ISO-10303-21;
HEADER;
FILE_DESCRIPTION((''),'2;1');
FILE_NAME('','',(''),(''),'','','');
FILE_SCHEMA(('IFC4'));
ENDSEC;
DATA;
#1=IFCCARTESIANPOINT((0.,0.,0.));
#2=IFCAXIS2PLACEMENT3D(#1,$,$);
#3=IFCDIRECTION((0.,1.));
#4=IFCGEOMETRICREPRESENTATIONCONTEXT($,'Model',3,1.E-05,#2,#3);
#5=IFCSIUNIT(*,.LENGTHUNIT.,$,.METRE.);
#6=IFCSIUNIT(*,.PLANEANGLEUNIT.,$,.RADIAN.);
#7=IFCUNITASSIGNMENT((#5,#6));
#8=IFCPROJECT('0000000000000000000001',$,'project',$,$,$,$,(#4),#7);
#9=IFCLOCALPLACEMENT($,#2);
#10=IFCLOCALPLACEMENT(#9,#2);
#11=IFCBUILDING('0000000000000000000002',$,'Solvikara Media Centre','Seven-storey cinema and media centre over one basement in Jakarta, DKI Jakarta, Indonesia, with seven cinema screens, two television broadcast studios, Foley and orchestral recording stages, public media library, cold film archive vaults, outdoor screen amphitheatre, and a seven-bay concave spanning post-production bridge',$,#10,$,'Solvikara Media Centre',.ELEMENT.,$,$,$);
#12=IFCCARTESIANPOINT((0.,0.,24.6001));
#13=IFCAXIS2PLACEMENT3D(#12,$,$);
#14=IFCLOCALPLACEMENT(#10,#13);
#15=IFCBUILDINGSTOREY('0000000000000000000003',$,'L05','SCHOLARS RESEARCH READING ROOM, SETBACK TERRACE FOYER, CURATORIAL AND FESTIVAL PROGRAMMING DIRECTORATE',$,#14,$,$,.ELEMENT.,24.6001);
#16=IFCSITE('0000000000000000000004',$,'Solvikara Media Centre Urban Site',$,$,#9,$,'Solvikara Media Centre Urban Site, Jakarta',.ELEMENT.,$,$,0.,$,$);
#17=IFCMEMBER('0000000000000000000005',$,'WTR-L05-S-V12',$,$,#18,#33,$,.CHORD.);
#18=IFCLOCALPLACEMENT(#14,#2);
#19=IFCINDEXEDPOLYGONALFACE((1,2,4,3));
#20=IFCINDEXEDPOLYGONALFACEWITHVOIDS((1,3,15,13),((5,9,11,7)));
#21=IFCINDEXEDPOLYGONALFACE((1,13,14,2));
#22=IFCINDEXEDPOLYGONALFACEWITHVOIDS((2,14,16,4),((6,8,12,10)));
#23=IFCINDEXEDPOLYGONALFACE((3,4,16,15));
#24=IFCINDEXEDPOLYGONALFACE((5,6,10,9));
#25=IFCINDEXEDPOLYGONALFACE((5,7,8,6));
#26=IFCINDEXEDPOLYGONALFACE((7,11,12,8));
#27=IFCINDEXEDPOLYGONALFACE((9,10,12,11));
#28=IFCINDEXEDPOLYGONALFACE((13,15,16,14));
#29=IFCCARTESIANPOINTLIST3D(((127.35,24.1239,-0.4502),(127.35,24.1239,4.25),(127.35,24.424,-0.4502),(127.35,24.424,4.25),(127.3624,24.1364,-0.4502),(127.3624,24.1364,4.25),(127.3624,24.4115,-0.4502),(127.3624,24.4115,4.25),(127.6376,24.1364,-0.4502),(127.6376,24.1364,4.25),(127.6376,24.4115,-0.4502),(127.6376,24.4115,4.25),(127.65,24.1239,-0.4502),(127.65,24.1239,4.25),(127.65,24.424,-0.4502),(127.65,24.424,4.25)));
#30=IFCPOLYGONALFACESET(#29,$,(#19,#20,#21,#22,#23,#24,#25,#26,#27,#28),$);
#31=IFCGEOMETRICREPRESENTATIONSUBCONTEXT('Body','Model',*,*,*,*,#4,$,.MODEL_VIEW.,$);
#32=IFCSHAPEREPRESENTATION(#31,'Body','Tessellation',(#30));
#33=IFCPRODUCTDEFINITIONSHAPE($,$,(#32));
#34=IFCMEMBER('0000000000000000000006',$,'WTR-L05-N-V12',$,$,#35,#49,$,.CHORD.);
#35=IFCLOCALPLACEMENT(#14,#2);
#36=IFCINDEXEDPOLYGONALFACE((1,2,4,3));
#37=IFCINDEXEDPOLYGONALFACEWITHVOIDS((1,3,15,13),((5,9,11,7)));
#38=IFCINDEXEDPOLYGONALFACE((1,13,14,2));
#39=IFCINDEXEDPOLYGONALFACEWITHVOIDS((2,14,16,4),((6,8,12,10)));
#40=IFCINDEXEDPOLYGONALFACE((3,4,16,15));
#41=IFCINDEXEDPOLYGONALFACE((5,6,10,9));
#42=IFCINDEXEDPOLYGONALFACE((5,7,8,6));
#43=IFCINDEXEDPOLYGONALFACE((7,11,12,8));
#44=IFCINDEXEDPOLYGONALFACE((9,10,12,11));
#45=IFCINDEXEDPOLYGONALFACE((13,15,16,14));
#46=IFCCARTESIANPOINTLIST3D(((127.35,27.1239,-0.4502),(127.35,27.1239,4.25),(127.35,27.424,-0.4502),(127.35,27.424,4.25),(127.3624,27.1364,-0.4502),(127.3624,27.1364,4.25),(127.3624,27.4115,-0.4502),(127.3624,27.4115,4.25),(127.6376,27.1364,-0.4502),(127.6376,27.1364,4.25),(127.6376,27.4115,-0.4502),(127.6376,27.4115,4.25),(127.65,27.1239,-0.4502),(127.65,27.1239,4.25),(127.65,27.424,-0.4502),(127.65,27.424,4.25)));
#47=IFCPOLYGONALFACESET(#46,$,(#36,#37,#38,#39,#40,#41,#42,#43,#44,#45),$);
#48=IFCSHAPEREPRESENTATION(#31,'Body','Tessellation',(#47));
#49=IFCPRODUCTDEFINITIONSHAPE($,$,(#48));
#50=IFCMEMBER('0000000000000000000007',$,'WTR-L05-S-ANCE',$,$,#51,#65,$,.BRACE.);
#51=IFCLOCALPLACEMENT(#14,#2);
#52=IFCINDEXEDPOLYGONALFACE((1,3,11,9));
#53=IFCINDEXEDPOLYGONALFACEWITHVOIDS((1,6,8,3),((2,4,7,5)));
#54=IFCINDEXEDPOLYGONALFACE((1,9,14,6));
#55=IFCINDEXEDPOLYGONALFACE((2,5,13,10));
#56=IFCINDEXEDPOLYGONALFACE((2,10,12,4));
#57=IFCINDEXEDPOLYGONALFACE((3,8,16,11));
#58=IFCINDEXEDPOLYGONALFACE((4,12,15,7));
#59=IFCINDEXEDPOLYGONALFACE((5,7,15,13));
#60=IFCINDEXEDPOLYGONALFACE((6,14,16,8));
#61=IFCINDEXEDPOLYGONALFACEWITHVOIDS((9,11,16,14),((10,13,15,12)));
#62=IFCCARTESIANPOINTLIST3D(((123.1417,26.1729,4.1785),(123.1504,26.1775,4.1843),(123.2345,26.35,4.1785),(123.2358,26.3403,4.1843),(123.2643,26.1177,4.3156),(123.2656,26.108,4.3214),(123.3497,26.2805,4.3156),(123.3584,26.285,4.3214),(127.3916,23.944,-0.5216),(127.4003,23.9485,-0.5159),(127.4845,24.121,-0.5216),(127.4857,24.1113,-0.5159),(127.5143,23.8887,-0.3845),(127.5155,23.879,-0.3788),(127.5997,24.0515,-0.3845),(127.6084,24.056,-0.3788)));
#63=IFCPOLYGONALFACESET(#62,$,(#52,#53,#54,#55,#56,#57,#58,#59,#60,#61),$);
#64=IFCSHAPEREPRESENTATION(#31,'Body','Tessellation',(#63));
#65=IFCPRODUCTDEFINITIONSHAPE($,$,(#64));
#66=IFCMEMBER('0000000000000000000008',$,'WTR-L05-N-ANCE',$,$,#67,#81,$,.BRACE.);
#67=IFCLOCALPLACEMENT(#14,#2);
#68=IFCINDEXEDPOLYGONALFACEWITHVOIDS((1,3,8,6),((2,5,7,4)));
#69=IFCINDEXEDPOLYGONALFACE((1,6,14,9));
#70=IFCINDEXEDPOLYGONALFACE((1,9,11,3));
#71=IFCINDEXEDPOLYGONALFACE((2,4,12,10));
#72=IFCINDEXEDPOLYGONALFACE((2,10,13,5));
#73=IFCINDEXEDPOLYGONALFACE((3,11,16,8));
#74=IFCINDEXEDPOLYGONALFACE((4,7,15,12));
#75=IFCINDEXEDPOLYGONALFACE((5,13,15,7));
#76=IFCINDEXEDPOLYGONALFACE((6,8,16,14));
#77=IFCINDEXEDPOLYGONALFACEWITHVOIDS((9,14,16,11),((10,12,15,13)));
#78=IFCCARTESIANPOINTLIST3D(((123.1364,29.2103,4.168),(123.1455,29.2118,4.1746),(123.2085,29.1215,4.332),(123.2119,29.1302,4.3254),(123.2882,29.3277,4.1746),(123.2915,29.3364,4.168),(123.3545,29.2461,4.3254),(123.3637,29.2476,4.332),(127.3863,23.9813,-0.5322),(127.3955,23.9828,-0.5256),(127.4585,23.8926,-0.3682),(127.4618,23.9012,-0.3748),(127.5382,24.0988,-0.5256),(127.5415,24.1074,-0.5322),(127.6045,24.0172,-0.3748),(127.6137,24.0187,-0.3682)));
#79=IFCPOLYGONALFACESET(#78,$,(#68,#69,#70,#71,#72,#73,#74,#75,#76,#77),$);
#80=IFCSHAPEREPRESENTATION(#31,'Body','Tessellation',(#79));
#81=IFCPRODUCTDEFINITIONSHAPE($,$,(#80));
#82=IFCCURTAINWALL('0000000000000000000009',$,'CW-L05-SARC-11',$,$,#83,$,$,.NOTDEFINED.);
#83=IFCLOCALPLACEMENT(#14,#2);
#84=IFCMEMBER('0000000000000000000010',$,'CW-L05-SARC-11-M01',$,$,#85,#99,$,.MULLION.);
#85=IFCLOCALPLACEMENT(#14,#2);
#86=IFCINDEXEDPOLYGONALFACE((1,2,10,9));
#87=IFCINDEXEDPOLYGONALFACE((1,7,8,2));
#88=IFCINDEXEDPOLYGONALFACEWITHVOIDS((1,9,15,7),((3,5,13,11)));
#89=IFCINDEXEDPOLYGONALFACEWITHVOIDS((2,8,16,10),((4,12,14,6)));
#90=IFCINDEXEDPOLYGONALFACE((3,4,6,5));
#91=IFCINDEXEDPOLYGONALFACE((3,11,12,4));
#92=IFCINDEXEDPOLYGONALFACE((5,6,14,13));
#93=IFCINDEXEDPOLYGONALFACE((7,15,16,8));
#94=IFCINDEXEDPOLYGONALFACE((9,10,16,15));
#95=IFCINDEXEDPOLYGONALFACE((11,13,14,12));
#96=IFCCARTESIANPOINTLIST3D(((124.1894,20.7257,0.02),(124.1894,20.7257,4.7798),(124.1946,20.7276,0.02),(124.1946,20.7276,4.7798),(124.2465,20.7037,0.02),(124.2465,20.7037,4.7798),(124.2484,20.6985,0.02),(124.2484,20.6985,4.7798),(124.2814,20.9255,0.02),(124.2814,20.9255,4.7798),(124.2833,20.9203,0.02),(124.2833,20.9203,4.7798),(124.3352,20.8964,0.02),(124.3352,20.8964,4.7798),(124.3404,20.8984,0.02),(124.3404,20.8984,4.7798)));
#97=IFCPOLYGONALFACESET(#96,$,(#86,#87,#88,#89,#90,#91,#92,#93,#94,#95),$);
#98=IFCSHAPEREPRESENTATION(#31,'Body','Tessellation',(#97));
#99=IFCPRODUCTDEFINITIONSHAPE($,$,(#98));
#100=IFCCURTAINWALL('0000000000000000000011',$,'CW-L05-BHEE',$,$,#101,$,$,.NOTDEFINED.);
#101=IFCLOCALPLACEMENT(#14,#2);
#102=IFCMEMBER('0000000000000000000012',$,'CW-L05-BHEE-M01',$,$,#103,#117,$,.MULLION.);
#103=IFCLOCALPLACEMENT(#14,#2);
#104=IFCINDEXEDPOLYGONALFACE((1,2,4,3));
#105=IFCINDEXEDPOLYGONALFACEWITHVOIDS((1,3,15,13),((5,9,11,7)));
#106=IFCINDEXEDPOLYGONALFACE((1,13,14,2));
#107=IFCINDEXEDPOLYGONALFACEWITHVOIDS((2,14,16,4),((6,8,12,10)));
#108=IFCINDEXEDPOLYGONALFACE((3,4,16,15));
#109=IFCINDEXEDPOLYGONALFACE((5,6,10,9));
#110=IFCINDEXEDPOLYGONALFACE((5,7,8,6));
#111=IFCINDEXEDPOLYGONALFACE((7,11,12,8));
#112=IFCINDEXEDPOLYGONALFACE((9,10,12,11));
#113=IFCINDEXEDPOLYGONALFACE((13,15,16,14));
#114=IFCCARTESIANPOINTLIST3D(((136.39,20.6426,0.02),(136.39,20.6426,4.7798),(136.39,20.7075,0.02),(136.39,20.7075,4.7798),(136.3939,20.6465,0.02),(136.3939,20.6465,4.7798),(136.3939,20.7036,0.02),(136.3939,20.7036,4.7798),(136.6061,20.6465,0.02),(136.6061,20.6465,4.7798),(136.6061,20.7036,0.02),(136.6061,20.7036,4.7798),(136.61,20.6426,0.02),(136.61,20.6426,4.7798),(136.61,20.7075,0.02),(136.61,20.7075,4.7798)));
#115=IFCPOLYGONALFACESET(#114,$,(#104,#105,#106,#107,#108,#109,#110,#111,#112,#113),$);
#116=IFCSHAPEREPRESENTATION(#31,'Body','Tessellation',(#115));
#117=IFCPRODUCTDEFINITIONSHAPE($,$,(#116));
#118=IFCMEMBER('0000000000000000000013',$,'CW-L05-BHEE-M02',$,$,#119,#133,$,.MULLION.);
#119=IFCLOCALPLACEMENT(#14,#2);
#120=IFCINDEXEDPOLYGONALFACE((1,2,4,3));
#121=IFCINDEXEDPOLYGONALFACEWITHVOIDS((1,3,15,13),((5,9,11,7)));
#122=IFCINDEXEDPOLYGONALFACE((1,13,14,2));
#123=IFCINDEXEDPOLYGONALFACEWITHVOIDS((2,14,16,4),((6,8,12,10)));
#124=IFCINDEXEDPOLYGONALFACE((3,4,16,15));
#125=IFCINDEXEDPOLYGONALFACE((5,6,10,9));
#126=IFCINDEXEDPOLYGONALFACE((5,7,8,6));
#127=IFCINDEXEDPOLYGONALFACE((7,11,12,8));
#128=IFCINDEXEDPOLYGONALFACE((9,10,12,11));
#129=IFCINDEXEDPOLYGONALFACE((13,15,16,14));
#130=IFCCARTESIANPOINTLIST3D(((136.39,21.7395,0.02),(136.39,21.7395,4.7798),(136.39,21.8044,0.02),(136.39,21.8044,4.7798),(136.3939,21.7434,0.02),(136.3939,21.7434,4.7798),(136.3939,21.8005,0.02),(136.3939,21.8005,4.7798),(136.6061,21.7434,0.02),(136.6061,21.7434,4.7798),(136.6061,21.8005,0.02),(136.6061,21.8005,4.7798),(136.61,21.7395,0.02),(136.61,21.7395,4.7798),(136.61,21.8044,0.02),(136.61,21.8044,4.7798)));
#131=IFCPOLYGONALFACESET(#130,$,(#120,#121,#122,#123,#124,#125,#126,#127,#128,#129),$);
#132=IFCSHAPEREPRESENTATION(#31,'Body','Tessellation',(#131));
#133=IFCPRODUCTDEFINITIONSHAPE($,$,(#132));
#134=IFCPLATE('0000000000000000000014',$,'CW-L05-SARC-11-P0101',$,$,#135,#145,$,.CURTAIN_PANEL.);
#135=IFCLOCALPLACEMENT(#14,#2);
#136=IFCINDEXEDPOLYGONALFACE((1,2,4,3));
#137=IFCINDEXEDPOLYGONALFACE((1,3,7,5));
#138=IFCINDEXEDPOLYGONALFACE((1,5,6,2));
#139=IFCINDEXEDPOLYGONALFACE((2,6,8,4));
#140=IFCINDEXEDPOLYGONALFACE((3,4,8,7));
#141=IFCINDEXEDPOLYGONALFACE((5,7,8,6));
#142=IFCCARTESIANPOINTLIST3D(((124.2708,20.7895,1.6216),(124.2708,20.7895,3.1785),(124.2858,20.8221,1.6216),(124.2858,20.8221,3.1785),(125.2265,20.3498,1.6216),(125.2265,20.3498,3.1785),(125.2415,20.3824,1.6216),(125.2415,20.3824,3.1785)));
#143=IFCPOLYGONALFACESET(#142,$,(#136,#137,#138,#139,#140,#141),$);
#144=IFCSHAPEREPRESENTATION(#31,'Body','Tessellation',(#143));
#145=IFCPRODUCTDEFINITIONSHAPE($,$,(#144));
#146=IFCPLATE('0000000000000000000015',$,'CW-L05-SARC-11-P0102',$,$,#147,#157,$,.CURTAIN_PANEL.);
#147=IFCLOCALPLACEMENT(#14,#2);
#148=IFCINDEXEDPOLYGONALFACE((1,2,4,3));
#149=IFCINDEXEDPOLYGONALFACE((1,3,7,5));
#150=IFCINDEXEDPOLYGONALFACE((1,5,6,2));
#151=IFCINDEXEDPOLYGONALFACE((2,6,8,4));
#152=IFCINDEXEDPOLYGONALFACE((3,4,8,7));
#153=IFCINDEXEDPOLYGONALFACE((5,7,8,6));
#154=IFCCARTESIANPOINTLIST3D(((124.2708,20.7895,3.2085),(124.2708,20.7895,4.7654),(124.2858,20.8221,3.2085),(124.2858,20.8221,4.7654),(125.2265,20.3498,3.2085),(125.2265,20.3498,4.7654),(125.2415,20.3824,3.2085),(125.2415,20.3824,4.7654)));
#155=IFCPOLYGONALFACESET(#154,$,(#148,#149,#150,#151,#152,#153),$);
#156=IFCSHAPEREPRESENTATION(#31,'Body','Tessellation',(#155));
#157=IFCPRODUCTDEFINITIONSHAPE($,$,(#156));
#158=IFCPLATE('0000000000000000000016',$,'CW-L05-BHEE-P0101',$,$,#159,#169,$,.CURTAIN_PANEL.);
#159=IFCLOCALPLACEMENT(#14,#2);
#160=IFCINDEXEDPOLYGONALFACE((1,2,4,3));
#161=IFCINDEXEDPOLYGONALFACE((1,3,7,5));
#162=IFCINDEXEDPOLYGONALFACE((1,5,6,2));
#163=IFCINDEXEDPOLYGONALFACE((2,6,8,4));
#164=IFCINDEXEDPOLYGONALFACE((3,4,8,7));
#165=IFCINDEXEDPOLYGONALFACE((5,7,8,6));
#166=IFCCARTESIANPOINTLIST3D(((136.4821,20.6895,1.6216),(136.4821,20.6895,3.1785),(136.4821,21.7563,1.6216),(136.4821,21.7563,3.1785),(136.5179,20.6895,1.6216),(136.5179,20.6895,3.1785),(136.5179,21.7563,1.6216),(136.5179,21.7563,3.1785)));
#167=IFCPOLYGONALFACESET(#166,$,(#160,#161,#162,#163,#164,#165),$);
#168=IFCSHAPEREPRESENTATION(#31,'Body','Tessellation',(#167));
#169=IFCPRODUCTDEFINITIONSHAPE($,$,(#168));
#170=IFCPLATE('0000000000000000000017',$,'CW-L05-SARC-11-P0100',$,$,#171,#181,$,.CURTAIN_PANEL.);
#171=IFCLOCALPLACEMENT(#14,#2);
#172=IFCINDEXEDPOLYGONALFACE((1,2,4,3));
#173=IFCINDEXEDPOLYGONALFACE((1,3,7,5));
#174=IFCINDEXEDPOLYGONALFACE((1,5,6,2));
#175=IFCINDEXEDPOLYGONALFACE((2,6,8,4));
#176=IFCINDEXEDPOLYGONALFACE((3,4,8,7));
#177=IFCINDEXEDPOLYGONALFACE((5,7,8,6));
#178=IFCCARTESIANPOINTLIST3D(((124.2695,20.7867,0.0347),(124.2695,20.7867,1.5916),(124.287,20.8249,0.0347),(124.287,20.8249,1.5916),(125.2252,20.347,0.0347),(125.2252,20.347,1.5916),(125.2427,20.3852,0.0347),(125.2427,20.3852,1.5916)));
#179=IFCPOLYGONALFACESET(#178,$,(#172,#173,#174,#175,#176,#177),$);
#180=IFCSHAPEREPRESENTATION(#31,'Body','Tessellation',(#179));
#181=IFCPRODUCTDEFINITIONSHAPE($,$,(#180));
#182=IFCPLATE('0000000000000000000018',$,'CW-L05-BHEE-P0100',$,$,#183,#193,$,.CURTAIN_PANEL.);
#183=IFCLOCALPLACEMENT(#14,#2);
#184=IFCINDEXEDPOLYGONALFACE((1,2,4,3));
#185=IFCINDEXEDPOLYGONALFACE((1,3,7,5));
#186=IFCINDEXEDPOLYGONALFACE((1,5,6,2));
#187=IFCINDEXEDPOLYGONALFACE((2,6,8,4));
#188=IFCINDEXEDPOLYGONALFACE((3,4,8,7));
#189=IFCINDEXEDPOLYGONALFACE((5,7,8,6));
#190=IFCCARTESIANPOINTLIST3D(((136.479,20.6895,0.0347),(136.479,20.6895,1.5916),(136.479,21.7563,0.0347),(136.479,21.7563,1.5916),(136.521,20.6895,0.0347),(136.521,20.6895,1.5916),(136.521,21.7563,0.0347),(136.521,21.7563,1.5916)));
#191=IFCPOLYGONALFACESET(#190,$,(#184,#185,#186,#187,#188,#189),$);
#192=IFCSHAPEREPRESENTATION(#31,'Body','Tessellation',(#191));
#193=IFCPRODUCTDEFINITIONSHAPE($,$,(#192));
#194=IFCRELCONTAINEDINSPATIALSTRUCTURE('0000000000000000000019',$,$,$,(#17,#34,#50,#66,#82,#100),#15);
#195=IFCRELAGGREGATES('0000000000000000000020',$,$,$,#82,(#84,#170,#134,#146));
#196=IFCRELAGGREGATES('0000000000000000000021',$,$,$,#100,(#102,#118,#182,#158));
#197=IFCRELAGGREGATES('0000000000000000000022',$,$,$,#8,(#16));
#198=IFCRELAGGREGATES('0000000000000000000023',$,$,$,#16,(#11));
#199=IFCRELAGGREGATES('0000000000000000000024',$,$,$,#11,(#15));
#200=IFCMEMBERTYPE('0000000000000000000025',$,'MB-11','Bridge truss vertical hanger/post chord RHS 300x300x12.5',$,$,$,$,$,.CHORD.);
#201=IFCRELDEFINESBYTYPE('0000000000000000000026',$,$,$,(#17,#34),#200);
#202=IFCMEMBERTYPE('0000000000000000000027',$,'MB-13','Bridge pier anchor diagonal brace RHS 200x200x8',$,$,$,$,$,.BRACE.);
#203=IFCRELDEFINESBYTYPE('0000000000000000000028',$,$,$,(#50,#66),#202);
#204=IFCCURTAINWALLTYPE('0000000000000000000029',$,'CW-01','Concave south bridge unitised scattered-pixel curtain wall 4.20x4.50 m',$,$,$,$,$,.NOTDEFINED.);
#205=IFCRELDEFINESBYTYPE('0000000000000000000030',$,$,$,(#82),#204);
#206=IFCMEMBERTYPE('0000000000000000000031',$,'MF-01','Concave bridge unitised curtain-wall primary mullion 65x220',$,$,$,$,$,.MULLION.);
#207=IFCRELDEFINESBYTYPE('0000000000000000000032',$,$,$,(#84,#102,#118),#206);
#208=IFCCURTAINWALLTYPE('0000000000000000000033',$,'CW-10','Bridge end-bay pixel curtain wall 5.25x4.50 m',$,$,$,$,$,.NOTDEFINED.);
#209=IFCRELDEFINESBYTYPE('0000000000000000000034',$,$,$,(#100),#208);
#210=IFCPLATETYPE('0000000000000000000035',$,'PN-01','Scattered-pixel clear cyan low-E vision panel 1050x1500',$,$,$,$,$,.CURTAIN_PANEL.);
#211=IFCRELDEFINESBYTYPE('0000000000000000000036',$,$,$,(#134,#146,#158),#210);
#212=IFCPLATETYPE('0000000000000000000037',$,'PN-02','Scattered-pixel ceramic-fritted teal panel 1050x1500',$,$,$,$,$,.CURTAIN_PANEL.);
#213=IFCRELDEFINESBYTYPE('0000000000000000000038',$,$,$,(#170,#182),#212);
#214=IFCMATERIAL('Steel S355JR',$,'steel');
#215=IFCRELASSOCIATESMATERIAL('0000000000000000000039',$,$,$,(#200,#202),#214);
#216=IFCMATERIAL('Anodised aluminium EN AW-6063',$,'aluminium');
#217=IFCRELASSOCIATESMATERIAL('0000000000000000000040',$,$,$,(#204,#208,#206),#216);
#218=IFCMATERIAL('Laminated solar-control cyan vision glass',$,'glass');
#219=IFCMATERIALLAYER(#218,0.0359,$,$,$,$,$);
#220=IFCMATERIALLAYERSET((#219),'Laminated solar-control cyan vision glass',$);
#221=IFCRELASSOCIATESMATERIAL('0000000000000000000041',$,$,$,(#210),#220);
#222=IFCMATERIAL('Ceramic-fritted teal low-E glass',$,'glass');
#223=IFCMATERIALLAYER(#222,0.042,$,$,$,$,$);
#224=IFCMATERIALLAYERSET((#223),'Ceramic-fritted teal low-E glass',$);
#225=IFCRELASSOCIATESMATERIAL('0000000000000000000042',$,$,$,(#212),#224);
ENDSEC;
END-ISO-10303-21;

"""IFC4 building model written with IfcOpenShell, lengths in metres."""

from ifc_helpers import new_model, si_unit, direction, frame, origin, origin_2d, place, context, subcontext, project, spatial, rectangle, hollow_rectangle, extrude, material, layer, layer_set, material_profile, profile_set, type_object, element, aggregate, save


model = new_model("IFC4")

# Units and contexts
model_context = context("Model", 3, precision=1e-05, world=origin(), true_north=direction((0.0, 1.0)))
body_context = subcontext(model_context, "Body", "Model", "MODEL_VIEW")
ifc_project = project(units=[si_unit("LENGTHUNIT", "METRE"), si_unit("PLANEANGLEUNIT", "RADIAN")], contexts=[model_context])

# Site, building, storey
site_placement = place(None, origin())
site = spatial("IfcSite", under=ifc_project, at=site_placement, Name="Solvikara Media Centre Urban Site", LongName="Solvikara Media Centre Urban Site, Jakarta", CompositionType="ELEMENT", RefElevation=0.0)
building_placement = place(site_placement, origin())
building = spatial("IfcBuilding", under=site, at=building_placement, Name="Solvikara Media Centre", Description="Seven-storey cinema and media centre over one basement in Jakarta, DKI Jakarta, Indonesia, with seven cinema screens, two television broadcast studios, Foley and orchestral recording stages, public media library, cold film archive vaults, outdoor screen amphitheatre, and a seven-bay concave spanning post-production bridge", LongName="Solvikara Media Centre", CompositionType="ELEMENT")
storey_placement = place(building_placement, frame((0.0, 0.0, 24.6001)))
storey = spatial("IfcBuildingStorey", under=building, at=storey_placement, Name="L05", Description="SCHOLARS RESEARCH READING ROOM, SETBACK TERRACE FOYER, CURATORIAL AND FESTIVAL PROGRAMMING DIRECTORATE", CompositionType="ELEMENT", Elevation=24.6001)

# Members
ifc_material_1 = material(Name="Steel S355JR", Category="steel")
ifc_material_profile_1 = material_profile(ifc_material_1, hollow_rectangle(XDim=0.3, YDim=0.3, WallThickness=0.0125, at=origin_2d()), Name="RHS 300x300x12.5")
ifc_profile_set_1 = profile_set([ifc_material_profile_1], Name="Steel S355JR")
member_type_1 = type_object("IfcMemberType", Name="MB-11", Description="Bridge truss vertical hanger/post chord RHS 300x300x12.5", PredefinedType="CHORD", material=ifc_profile_set_1)
for number, where, z_axis, x_axis, name in (
    (1, (127.5, 24.2739, -0.4502), (0.0, 0.0, 1.0), (1.0, 0.0, 0.0), "WTR-L05-S-V12"),
    (2, (127.5, 27.2739, -0.4502), (0.0, 0.0, 1.0), (1.0, 0.0, 0.0), "WTR-L05-N-V12"),
):
    element("IfcMember", number, at=place(storey_placement, frame(where, z_axis=z_axis, x_axis=x_axis)), inside=storey, type_object=member_type_1, Name=name, PredefinedType="CHORD", context=body_context, shape_type="SweptSolid", body=[
        extrude(hollow_rectangle(XDim=0.3, YDim=0.3, WallThickness=0.0125, at=origin_2d()), origin(), (0.0, 0.0, 1.0), 4.7002),
    ])
ifc_material_profile_2 = material_profile(ifc_material_1, hollow_rectangle(XDim=0.2, YDim=0.2, WallThickness=0.0081, at=origin_2d()), Name="RHS 200x200x8")
ifc_profile_set_2 = profile_set([ifc_material_profile_2], Name="Steel S355JR")
member_type_2 = type_object("IfcMemberType", Name="MB-13", Description="Bridge pier anchor diagonal brace RHS 200x200x8", PredefinedType="BRACE", material=ifc_profile_set_2)
member_1_placement = place(storey_placement, frame((127.5, 24.0, -0.4502), z_axis=(-0.63269, 0.331828, 0.69971), x_axis=(-0.464467, -0.88559, 0.0)))
element("IfcMember", 3, at=member_1_placement, inside=storey, type_object=member_type_2, Name="WTR-L05-S-ANCE", PredefinedType="BRACE", context=body_context, shape_type="SweptSolid", body=[
    extrude(hollow_rectangle(XDim=0.2, YDim=0.2, WallThickness=0.0081, at=origin_2d()), origin(), (0.0, 0.0, 1.0), 6.7173),
])
member_2_placement = place(storey_placement, frame((127.5, 24.0, -0.4502), z_axis=(-0.517306, 0.636469, 0.572103), x_axis=(-0.77601, -0.630721, 0.0)))
element("IfcMember", 4, at=member_2_placement, inside=storey, type_object=member_type_2, Name="WTR-L05-N-ANCE", PredefinedType="BRACE", context=body_context, shape_type="SweptSolid", body=[
    extrude(hollow_rectangle(XDim=0.2, YDim=0.2, WallThickness=0.0081, at=origin_2d()), origin(), (0.0, 0.0, 1.0), 8.2156),
])

# Curtain wall, member
ifc_material_2 = material(Name="Anodised aluminium EN AW-6063", Category="aluminium")
curtain_wall_type_1 = type_object("IfcCurtainWallType", Name="CW-01", Description="Concave south bridge unitised scattered-pixel curtain wall 4.20x4.50 m", PredefinedType="NOTDEFINED", material=ifc_material_2)
curtain_wall_1_placement = place(storey_placement, origin())
curtain_wall_1 = element("IfcCurtainWall", 5, at=curtain_wall_1_placement, inside=storey, type_object=curtain_wall_type_1, Name="CW-L05-SARC-11", PredefinedType="NOTDEFINED")
ifc_material_profile_3 = material_profile(ifc_material_2, hollow_rectangle(XDim=0.0649, YDim=0.22, WallThickness=0.0039, at=origin_2d()), Name="ALU-M 65x220x4")
ifc_profile_set_3 = profile_set([ifc_material_profile_3], Name="Anodised aluminium EN AW-6063")
member_type_3 = type_object("IfcMemberType", Name="MF-01", Description="Concave bridge unitised curtain-wall primary mullion 65x220", PredefinedType="MULLION", material=ifc_profile_set_3)
member_3_placement = place(storey_placement, frame((124.2649, 20.812, 0.02), z_axis=(0.0, 0.0, 1.0), x_axis=(0.908464, -0.417962, 0.0)))
member_3 = element("IfcMember", 6, at=member_3_placement, type_object=member_type_3, Name="CW-L05-SARC-11-M01", PredefinedType="MULLION", context=body_context, shape_type="SweptSolid", body=[
    extrude(hollow_rectangle(XDim=0.0649, YDim=0.22, WallThickness=0.0039, at=origin_2d()), origin(), (0.0, 0.0, 1.0), 4.7598),
])

# Curtain wall, members
curtain_wall_type_2 = type_object("IfcCurtainWallType", Name="CW-10", Description="Bridge end-bay pixel curtain wall 5.25x4.50 m", PredefinedType="NOTDEFINED", material=ifc_material_2)
curtain_wall_2_placement = place(storey_placement, origin())
curtain_wall_2 = element("IfcCurtainWall", 7, at=curtain_wall_2_placement, inside=storey, type_object=curtain_wall_type_2, Name="CW-L05-BHEE", PredefinedType="NOTDEFINED")
member_4_placement = place(storey_placement, frame((136.5, 20.675, 0.02), z_axis=(0.0, 0.0, 1.0), x_axis=(0.0, 1.0, 0.0)))
member_4 = element("IfcMember", 8, at=member_4_placement, type_object=member_type_3, Name="CW-L05-BHEE-M01", PredefinedType="MULLION", context=body_context, shape_type="SweptSolid", body=[
    extrude(hollow_rectangle(XDim=0.0649, YDim=0.22, WallThickness=0.0039, at=origin_2d()), origin(), (0.0, 0.0, 1.0), 4.7598),
])
member_5_placement = place(storey_placement, frame((136.5, 21.772, 0.02), z_axis=(0.0, 0.0, 1.0), x_axis=(0.0, 1.0, 0.0)))
member_5 = element("IfcMember", 9, at=member_5_placement, type_object=member_type_3, Name="CW-L05-BHEE-M02", PredefinedType="MULLION", context=body_context, shape_type="SweptSolid", body=[
    extrude(hollow_rectangle(XDim=0.0649, YDim=0.22, WallThickness=0.0039, at=origin_2d()), origin(), (0.0, 0.0, 1.0), 4.7598),
])

# Plates
ifc_material_3 = material(Name="Laminated solar-control cyan vision glass", Category="glass")
ifc_layer_1 = layer(ifc_material_3, 0.0359)
ifc_layer_set_1 = layer_set([ifc_layer_1], Name="Laminated solar-control cyan vision glass")
plate_type_1 = type_object("IfcPlateType", Name="PN-01", Description="Scattered-pixel clear cyan low-E vision panel 1050x1500", PredefinedType="CURTAIN_PANEL", material=ifc_layer_set_1)
plate_1_placement = place(storey_placement, frame((124.7561, 20.5859, 1.6216), z_axis=(0.0, 0.0, 1.0), x_axis=(0.908464, -0.417962, 0.0)))
plate_1 = element("IfcPlate", 10, at=plate_1_placement, type_object=plate_type_1, Name="CW-L05-SARC-11-P0101", PredefinedType="CURTAIN_PANEL", context=body_context, shape_type="SweptSolid", body=[
    extrude(rectangle(XDim=1.052, YDim=0.0359, at=origin_2d()), origin(), (0.0, 0.0, 1.0), 1.5569),
])
plate_2_placement = place(storey_placement, frame((124.7561, 20.5859, 3.2085), z_axis=(0.0, 0.0, 1.0), x_axis=(0.908464, -0.417962, 0.0)))
plate_2 = element("IfcPlate", 11, at=plate_2_placement, type_object=plate_type_1, Name="CW-L05-SARC-11-P0102", PredefinedType="CURTAIN_PANEL", context=body_context, shape_type="SweptSolid", body=[
    extrude(rectangle(XDim=1.052, YDim=0.0359, at=origin_2d()), origin(), (0.0, 0.0, 1.0), 1.5569),
])
plate_3_placement = place(storey_placement, frame((136.5, 21.2229, 1.6216), z_axis=(0.0, 0.0, 1.0), x_axis=(0.0, 1.0, 0.0)))
plate_3 = element("IfcPlate", 12, at=plate_3_placement, type_object=plate_type_1, Name="CW-L05-BHEE-P0101", PredefinedType="CURTAIN_PANEL", context=body_context, shape_type="SweptSolid", body=[
    extrude(rectangle(XDim=1.0669, YDim=0.0359, at=origin_2d()), origin(), (0.0, 0.0, 1.0), 1.5569),
])
ifc_material_4 = material(Name="Ceramic-fritted teal low-E glass", Category="glass")
ifc_layer_2 = layer(ifc_material_4, 0.042)
ifc_layer_set_2 = layer_set([ifc_layer_2], Name="Ceramic-fritted teal low-E glass")
plate_type_2 = type_object("IfcPlateType", Name="PN-02", Description="Scattered-pixel ceramic-fritted teal panel 1050x1500", PredefinedType="CURTAIN_PANEL", material=ifc_layer_set_2)
plate_4_placement = place(storey_placement, frame((124.7561, 20.5859, 0.0347), z_axis=(0.0, 0.0, 1.0), x_axis=(0.908464, -0.417962, 0.0)))
plate_4 = element("IfcPlate", 13, at=plate_4_placement, type_object=plate_type_2, Name="CW-L05-SARC-11-P0100", PredefinedType="CURTAIN_PANEL", context=body_context, shape_type="SweptSolid", body=[
    extrude(rectangle(XDim=1.052, YDim=0.042, at=origin_2d()), origin(), (0.0, 0.0, 1.0), 1.5569),
])
aggregate(curtain_wall_1, [member_3, plate_4, plate_1, plate_2])
plate_5_placement = place(storey_placement, frame((136.5, 21.2229, 0.0347), z_axis=(0.0, 0.0, 1.0), x_axis=(0.0, 1.0, 0.0)))
plate_5 = element("IfcPlate", 14, at=plate_5_placement, type_object=plate_type_2, Name="CW-L05-BHEE-P0100", PredefinedType="CURTAIN_PANEL", context=body_context, shape_type="SweptSolid", body=[
    extrude(rectangle(XDim=1.0669, YDim=0.042, at=origin_2d()), origin(), (0.0, 0.0, 1.0), 1.5569),
])
aggregate(curtain_wall_2, [member_4, member_5, plate_5, plate_3])

save(model, "model.ifc")
